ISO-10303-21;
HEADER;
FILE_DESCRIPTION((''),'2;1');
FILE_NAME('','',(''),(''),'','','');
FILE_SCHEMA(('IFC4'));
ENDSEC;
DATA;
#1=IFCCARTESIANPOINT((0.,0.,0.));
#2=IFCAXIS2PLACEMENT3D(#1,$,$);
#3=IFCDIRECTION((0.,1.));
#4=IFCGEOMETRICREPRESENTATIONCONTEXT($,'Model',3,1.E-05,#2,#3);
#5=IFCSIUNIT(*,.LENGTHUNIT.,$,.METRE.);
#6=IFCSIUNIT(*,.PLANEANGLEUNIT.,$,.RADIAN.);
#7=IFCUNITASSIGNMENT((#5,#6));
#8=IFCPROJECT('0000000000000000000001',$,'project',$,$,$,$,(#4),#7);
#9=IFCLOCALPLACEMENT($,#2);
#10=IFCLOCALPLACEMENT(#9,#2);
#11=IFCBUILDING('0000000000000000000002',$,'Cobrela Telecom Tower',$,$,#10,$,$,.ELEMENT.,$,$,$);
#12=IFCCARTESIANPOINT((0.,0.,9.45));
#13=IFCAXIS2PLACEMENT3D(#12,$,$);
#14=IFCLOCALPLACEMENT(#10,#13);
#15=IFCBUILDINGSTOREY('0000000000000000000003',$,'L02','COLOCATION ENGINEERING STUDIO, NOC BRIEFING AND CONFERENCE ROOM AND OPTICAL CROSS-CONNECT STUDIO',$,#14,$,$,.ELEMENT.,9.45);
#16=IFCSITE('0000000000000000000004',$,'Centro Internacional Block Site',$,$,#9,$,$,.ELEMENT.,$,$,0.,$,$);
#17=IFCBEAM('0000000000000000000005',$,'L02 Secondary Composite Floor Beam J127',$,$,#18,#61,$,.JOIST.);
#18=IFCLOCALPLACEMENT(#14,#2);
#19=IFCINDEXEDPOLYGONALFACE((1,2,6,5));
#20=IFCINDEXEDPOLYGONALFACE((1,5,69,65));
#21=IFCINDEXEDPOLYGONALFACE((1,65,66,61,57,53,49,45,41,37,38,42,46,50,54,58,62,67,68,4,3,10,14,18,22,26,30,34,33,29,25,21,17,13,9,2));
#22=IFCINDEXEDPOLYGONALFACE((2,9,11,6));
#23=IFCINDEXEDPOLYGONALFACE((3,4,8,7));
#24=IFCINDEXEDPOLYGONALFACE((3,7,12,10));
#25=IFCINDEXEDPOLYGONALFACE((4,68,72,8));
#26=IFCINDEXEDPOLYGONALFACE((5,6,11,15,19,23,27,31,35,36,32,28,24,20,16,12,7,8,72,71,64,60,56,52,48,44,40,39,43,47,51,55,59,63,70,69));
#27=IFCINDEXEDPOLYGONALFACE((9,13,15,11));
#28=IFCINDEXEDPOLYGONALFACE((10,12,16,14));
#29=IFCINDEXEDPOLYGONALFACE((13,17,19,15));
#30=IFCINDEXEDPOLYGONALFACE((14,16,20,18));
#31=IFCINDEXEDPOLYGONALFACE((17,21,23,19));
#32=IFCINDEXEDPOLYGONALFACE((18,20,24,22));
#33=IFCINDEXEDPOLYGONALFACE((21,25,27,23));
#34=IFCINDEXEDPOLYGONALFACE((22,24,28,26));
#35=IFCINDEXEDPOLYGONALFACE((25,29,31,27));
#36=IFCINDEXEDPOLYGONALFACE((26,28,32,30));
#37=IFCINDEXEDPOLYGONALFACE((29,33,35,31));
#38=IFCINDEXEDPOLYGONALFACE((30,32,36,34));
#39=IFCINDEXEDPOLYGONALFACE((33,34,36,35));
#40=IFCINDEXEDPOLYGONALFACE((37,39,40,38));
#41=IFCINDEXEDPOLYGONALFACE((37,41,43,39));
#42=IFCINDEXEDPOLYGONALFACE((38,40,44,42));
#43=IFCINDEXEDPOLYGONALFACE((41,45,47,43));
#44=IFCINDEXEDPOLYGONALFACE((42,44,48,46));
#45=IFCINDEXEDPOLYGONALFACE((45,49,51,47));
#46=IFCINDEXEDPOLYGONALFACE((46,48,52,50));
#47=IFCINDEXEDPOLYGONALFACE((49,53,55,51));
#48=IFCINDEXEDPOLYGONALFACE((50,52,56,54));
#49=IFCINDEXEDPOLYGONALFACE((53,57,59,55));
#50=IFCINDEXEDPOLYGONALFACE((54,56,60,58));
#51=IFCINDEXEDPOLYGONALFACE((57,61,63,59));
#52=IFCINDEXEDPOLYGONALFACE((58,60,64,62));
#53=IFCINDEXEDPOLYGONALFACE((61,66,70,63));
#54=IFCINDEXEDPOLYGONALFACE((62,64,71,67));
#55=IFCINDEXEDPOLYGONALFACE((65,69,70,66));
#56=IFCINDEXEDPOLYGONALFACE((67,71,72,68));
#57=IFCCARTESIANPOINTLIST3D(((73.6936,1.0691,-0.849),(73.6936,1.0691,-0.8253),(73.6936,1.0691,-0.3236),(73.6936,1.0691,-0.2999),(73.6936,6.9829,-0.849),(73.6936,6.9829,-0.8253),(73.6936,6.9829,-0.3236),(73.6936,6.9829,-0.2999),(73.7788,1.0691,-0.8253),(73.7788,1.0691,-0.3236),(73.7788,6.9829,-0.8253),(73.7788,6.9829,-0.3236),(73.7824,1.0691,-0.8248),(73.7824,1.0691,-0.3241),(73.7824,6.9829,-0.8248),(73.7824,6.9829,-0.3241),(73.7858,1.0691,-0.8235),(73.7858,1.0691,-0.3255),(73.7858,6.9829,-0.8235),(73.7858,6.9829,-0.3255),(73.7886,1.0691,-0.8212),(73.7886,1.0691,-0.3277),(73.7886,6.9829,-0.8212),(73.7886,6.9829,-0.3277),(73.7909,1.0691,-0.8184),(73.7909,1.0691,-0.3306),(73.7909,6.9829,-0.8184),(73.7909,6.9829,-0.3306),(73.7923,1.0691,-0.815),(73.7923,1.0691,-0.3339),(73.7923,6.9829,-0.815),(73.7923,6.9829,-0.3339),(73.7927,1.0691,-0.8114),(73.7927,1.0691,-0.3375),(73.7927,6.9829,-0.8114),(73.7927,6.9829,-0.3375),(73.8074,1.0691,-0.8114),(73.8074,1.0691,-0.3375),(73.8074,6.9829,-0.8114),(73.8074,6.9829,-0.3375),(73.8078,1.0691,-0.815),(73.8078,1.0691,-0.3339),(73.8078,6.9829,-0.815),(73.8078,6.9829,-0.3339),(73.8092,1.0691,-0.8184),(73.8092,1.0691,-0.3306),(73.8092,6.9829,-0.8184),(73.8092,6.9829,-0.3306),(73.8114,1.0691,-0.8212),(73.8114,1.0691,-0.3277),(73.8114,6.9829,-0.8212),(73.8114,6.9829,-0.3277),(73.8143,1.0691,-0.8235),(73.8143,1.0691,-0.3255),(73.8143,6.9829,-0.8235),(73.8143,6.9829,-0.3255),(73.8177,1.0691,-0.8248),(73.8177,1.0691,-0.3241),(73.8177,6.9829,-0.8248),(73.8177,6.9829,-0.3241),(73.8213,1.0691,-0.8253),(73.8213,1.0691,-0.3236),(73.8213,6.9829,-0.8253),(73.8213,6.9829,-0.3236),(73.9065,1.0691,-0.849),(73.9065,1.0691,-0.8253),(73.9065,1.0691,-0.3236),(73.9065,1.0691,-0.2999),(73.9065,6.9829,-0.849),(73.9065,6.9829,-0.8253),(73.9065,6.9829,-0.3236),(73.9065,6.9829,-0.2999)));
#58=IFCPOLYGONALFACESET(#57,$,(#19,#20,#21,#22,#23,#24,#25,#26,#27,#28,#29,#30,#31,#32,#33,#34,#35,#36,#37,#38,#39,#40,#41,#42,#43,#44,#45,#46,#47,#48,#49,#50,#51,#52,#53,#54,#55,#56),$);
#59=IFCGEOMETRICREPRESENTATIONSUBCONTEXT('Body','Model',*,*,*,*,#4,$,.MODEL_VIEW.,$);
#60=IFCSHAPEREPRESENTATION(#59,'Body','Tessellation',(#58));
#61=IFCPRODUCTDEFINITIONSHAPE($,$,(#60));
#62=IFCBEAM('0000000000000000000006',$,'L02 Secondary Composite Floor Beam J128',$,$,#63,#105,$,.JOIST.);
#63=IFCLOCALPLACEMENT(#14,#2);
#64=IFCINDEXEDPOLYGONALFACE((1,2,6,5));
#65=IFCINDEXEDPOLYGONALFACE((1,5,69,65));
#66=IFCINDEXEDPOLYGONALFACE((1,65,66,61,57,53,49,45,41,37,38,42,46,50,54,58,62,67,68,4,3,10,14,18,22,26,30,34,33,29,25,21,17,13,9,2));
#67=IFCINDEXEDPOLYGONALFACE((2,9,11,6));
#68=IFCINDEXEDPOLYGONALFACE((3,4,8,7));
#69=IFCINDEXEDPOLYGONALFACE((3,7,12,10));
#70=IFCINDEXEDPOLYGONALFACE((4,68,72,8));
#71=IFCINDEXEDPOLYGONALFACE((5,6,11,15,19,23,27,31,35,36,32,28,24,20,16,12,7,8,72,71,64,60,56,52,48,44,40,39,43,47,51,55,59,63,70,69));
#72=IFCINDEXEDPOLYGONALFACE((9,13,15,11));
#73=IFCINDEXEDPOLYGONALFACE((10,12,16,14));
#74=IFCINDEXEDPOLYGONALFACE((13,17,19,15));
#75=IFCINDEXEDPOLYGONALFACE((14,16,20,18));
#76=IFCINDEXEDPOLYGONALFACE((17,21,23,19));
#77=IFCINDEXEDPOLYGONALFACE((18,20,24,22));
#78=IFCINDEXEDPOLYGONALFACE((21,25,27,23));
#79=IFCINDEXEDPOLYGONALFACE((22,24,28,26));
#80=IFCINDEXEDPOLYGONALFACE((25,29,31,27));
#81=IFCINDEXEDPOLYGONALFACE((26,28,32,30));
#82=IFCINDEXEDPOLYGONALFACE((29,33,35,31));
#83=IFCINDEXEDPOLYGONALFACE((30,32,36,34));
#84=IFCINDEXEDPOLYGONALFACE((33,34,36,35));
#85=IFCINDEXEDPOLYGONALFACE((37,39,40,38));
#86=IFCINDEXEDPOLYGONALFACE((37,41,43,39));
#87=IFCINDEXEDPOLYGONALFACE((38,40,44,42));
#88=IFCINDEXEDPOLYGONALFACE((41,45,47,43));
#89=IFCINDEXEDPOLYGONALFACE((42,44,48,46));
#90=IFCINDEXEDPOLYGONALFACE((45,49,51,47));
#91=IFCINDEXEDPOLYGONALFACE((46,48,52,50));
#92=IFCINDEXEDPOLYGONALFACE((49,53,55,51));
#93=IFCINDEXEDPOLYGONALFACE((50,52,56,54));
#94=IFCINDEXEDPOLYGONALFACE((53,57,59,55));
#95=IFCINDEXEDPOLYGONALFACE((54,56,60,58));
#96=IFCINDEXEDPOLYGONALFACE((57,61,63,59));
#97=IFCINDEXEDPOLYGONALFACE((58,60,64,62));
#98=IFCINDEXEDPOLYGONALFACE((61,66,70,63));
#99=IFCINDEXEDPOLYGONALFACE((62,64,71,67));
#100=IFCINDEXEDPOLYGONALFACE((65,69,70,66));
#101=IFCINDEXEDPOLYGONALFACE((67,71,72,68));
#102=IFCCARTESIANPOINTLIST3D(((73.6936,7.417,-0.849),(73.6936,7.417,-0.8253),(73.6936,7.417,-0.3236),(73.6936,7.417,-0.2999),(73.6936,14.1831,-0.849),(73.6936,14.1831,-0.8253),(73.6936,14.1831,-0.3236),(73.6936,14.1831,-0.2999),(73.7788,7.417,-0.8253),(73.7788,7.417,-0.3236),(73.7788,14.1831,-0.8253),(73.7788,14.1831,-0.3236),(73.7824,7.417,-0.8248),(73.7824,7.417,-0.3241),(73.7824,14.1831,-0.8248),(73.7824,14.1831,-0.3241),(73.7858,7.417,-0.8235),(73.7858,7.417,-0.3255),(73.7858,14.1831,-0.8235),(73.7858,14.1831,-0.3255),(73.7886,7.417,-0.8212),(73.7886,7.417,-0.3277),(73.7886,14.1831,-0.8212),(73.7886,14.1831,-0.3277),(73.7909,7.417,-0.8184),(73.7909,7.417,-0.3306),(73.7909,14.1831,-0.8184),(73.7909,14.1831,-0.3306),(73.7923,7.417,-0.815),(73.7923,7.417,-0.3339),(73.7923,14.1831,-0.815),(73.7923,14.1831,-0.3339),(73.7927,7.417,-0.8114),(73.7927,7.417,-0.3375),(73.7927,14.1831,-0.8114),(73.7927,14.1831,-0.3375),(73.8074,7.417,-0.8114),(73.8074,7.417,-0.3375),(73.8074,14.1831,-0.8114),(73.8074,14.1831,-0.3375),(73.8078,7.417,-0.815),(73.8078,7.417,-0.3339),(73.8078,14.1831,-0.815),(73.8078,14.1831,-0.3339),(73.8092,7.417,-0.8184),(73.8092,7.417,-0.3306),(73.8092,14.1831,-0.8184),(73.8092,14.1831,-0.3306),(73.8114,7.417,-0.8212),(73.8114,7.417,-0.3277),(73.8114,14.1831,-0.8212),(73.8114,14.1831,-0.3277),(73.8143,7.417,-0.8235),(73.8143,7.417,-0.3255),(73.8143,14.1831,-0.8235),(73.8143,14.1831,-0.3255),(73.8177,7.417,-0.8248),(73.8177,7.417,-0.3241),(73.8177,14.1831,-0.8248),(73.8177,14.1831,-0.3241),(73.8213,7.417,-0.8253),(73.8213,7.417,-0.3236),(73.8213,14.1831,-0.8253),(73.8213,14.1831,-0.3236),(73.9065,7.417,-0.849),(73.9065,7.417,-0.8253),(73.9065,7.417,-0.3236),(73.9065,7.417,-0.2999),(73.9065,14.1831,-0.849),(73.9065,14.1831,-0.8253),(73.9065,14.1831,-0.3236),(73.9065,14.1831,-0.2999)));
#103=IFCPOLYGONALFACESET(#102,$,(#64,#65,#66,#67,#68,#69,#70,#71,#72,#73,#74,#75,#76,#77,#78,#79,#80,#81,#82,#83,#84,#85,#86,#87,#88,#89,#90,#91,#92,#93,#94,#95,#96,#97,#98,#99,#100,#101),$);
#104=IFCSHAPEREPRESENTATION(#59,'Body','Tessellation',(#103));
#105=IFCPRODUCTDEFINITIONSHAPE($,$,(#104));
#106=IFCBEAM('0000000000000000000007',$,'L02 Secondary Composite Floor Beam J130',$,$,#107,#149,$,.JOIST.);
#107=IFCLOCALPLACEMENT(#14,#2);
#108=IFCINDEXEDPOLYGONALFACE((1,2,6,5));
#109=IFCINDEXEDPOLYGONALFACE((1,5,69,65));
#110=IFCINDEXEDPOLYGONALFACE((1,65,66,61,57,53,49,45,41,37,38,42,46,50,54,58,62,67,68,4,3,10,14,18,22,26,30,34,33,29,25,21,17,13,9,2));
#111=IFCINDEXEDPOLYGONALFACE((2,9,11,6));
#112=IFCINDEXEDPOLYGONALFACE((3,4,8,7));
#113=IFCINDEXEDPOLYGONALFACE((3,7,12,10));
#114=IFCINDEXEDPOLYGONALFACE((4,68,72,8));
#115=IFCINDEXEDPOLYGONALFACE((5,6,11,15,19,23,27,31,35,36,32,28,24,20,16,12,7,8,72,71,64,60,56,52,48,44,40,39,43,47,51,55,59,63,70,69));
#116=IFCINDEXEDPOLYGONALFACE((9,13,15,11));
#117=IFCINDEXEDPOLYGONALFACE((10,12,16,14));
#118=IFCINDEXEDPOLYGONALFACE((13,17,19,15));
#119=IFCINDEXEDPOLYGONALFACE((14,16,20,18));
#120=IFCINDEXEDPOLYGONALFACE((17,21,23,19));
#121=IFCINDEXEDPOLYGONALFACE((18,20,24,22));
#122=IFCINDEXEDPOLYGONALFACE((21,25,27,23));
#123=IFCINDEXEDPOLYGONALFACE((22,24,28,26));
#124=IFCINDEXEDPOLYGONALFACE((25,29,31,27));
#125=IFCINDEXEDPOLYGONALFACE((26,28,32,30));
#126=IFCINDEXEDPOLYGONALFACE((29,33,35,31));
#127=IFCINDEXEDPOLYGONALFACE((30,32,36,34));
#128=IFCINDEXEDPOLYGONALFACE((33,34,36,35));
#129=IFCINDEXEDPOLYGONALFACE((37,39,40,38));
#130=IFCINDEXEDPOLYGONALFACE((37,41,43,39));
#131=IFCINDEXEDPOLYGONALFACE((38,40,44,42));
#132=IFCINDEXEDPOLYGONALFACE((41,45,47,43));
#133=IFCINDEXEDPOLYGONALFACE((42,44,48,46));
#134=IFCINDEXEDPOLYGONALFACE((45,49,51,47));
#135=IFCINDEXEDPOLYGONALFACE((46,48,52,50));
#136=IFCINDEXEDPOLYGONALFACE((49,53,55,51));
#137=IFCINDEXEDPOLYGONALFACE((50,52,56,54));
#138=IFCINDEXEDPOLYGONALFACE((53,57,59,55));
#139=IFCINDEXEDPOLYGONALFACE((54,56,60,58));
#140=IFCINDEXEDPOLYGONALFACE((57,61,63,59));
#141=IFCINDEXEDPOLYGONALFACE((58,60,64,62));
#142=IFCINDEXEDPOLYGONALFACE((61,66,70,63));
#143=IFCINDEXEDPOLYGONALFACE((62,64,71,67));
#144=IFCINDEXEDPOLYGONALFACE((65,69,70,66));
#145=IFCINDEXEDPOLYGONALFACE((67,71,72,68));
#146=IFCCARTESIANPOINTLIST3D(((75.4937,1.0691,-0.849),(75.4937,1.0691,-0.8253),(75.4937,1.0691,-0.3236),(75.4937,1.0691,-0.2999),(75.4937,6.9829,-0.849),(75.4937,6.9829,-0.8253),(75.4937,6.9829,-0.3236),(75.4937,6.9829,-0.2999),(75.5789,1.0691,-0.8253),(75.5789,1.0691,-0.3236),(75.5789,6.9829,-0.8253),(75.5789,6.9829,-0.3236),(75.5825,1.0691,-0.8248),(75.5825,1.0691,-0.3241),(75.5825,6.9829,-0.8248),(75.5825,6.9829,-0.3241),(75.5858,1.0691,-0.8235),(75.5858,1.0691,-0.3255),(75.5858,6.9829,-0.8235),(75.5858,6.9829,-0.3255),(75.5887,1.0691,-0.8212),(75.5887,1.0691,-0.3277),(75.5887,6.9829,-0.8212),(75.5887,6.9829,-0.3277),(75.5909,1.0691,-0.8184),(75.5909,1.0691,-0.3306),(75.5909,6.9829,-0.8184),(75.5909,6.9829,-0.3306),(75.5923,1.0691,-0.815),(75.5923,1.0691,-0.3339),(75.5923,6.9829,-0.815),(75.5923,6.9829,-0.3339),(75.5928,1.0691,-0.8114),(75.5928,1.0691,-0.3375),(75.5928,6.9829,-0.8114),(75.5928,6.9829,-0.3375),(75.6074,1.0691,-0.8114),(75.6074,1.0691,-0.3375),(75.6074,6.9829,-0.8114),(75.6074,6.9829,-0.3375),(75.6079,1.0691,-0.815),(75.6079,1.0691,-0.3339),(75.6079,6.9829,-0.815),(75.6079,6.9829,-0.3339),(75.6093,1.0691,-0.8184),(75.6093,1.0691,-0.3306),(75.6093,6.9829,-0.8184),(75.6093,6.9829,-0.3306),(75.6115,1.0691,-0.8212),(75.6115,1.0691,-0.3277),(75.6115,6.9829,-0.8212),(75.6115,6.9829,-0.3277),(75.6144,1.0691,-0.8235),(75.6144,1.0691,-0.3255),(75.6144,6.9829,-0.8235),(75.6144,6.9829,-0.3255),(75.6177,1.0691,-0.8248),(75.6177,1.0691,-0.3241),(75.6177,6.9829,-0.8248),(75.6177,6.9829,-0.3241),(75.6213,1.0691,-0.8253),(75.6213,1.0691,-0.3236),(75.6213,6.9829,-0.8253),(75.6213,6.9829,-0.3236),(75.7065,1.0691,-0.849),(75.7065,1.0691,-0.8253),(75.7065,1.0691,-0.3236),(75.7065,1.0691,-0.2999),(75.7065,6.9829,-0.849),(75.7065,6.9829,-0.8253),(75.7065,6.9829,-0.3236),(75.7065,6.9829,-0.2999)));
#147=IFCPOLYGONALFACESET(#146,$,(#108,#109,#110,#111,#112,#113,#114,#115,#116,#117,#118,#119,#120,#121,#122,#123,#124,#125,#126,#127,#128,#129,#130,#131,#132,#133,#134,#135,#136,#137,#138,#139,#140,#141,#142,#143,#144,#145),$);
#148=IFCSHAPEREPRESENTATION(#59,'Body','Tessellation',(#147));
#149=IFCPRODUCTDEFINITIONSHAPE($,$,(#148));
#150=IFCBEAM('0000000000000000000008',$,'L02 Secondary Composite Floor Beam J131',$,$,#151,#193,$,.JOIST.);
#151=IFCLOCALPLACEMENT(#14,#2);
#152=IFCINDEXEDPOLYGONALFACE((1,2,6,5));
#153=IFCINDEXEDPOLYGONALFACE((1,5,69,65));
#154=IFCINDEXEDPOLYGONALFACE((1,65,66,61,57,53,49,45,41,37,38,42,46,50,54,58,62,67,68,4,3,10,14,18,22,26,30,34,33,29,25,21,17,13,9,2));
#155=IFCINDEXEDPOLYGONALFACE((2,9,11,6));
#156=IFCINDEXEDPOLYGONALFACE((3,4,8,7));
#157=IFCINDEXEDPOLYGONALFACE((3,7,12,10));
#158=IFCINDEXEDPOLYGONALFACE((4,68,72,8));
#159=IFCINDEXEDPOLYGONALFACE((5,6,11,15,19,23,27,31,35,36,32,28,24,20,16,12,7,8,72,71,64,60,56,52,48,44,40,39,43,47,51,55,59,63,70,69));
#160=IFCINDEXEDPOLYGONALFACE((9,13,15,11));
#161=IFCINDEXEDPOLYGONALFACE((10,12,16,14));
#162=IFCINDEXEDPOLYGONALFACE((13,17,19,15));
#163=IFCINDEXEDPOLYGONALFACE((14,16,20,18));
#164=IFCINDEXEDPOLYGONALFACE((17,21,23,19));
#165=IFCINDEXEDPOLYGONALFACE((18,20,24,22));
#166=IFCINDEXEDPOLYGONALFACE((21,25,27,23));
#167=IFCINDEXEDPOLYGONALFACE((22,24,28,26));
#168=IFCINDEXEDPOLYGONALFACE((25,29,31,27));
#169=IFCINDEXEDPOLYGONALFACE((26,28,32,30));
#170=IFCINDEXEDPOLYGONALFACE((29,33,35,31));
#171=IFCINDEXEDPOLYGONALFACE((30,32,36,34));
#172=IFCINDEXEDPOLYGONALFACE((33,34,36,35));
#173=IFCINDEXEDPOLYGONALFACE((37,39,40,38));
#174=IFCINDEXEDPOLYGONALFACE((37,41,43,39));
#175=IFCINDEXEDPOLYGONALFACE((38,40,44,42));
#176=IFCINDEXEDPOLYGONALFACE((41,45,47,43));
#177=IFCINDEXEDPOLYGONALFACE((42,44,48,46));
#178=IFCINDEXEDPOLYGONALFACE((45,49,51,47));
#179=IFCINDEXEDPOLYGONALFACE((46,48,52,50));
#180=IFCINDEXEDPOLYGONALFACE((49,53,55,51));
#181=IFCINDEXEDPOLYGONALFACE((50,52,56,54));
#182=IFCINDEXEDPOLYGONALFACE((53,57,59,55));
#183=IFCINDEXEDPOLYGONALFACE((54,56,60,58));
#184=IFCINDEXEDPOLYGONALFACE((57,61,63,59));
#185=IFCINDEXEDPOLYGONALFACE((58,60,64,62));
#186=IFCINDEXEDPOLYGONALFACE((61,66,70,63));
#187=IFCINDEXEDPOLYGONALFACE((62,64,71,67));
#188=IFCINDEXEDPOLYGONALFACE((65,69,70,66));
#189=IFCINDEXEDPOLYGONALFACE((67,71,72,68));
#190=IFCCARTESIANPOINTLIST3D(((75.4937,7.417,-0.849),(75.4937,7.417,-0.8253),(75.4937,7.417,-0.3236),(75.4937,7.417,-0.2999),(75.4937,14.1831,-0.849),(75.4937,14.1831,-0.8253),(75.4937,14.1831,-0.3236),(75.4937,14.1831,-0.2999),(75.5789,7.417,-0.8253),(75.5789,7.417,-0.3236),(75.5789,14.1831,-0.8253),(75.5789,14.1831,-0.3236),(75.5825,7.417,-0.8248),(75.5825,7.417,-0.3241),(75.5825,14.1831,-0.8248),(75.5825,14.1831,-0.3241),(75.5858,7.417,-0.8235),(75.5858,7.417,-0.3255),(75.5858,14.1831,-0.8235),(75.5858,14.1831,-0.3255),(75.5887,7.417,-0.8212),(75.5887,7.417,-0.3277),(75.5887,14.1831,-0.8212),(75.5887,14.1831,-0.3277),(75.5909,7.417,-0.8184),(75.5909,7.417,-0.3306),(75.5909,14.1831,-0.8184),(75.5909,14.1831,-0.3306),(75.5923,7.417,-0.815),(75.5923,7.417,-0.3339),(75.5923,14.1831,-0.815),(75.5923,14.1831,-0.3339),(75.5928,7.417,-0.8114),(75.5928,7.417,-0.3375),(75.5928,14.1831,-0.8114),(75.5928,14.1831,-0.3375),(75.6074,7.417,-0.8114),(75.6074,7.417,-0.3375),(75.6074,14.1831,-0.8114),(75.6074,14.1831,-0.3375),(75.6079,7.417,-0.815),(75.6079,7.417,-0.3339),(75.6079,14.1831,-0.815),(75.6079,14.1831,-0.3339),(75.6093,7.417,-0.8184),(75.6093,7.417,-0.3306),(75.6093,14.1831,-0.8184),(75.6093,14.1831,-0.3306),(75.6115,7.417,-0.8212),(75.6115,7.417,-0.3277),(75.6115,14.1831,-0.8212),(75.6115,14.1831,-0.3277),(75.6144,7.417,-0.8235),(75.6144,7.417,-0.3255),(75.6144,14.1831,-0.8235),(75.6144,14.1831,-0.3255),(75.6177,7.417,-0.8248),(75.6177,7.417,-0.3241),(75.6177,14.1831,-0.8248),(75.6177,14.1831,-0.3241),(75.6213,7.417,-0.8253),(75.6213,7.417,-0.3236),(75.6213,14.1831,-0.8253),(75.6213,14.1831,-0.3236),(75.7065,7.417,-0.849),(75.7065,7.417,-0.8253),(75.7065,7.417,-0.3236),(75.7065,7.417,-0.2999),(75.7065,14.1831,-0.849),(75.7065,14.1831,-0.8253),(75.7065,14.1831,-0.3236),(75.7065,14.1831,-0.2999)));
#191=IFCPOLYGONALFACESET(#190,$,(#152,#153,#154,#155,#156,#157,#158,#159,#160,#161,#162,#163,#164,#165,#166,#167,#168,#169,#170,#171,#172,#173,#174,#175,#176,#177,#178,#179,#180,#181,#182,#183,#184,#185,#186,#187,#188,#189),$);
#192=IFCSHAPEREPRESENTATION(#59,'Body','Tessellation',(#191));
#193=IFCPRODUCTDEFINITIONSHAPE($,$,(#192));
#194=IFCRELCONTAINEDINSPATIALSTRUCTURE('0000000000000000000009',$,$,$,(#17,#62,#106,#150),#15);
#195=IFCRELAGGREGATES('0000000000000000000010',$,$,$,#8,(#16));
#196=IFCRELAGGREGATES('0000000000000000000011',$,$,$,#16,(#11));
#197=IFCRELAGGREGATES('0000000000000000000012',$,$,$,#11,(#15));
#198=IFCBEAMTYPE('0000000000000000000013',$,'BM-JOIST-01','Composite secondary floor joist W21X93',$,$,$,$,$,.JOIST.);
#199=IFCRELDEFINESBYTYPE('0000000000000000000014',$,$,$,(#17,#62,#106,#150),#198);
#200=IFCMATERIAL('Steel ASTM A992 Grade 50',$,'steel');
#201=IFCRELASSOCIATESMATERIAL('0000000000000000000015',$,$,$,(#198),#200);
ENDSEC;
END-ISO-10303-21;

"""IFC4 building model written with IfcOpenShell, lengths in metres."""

from ifc_helpers import new_model, si_unit, direction, frame, origin, origin_2d, place, context, subcontext, project, spatial, i_section, extrude, material, material_profile, profile_set, type_object, element, save


model = new_model("IFC4")

# Units and contexts
model_context = context("Model", 3, precision=1e-05, world=origin(), true_north=direction((0.0, 1.0)))
body_context = subcontext(model_context, "Body", "Model", "MODEL_VIEW")
ifc_project = project(units=[si_unit("LENGTHUNIT", "METRE"), si_unit("PLANEANGLEUNIT", "RADIAN")], contexts=[model_context])

# Site, building, storey
site_placement = place(None, origin())
site = spatial("IfcSite", under=ifc_project, at=site_placement, Name="Centro Internacional Block Site", CompositionType="ELEMENT", RefElevation=0.0)
building_placement = place(site_placement, origin())
building = spatial("IfcBuilding", under=site, at=building_placement, Name="Cobrela Telecom Tower", CompositionType="ELEMENT")
storey_placement = place(building_placement, frame((0.0, 0.0, 9.45)))
storey = spatial("IfcBuildingStorey", under=building, at=storey_placement, Name="L02", Description="COLOCATION ENGINEERING STUDIO, NOC BRIEFING AND CONFERENCE ROOM AND OPTICAL CROSS-CONNECT STUDIO", CompositionType="ELEMENT", Elevation=9.45)

# Beams
ifc_material_1 = material(Name="Steel ASTM A992 Grade 50", Category="steel")
ifc_material_profile_1 = material_profile(ifc_material_1, i_section(OverallWidth=0.2129, OverallDepth=0.5491, WebThickness=0.0146, FlangeThickness=0.0237, FilletRadius=0.0139, at=origin_2d()), Name="W21X93")
ifc_profile_set_1 = profile_set([ifc_material_profile_1], Name="Steel ASTM A992 Grade 50")
beam_type_1 = type_object("IfcBeamType", Name="BM-JOIST-01", Description="Composite secondary floor joist W21X93", PredefinedType="JOIST", material=ifc_profile_set_1)
beam_1_placement = place(storey_placement, frame((73.8, 1.0691, -0.5745), z_axis=(0.0, 1.0, 0.0), x_axis=(-1.0, 0.0, 0.0)))
element("IfcBeam", 1, at=beam_1_placement, inside=storey, type_object=beam_type_1, Name="L02 Secondary Composite Floor Beam J127", PredefinedType="JOIST", context=body_context, shape_type="SweptSolid", body=[
    extrude(i_section(OverallWidth=0.2129, OverallDepth=0.5491, WebThickness=0.0146, FlangeThickness=0.0237, FilletRadius=0.0139, at=origin_2d()), origin(), (0.0, 0.0, 1.0), 5.9138),
])
beam_2_placement = place(storey_placement, frame((73.8, 7.417, -0.5745), z_axis=(0.0, 1.0, 0.0), x_axis=(-1.0, 0.0, 0.0)))
element("IfcBeam", 2, at=beam_2_placement, inside=storey, type_object=beam_type_1, Name="L02 Secondary Composite Floor Beam J128", PredefinedType="JOIST", context=body_context, shape_type="SweptSolid", body=[
    extrude(i_section(OverallWidth=0.2129, OverallDepth=0.5491, WebThickness=0.0146, FlangeThickness=0.0237, FilletRadius=0.0139, at=origin_2d()), origin(), (0.0, 0.0, 1.0), 6.7661),
])
beam_3_placement = place(storey_placement, frame((75.6001, 1.0691, -0.5745), z_axis=(0.0, 1.0, 0.0), x_axis=(-1.0, 0.0, 0.0)))
element("IfcBeam", 3, at=beam_3_placement, inside=storey, type_object=beam_type_1, Name="L02 Secondary Composite Floor Beam J130", PredefinedType="JOIST", context=body_context, shape_type="SweptSolid", body=[
    extrude(i_section(OverallWidth=0.2129, OverallDepth=0.5491, WebThickness=0.0146, FlangeThickness=0.0237, FilletRadius=0.0139, at=origin_2d()), origin(), (0.0, 0.0, 1.0), 5.9138),
])
beam_4_placement = place(storey_placement, frame((75.6001, 7.417, -0.5745), z_axis=(0.0, 1.0, 0.0), x_axis=(-1.0, 0.0, 0.0)))
element("IfcBeam", 4, at=beam_4_placement, inside=storey, type_object=beam_type_1, Name="L02 Secondary Composite Floor Beam J131", PredefinedType="JOIST", context=body_context, shape_type="SweptSolid", body=[
    extrude(i_section(OverallWidth=0.2129, OverallDepth=0.5491, WebThickness=0.0146, FlangeThickness=0.0237, FilletRadius=0.0139, at=origin_2d()), origin(), (0.0, 0.0, 1.0), 6.7661),
])

save(model, "model.ifc")
